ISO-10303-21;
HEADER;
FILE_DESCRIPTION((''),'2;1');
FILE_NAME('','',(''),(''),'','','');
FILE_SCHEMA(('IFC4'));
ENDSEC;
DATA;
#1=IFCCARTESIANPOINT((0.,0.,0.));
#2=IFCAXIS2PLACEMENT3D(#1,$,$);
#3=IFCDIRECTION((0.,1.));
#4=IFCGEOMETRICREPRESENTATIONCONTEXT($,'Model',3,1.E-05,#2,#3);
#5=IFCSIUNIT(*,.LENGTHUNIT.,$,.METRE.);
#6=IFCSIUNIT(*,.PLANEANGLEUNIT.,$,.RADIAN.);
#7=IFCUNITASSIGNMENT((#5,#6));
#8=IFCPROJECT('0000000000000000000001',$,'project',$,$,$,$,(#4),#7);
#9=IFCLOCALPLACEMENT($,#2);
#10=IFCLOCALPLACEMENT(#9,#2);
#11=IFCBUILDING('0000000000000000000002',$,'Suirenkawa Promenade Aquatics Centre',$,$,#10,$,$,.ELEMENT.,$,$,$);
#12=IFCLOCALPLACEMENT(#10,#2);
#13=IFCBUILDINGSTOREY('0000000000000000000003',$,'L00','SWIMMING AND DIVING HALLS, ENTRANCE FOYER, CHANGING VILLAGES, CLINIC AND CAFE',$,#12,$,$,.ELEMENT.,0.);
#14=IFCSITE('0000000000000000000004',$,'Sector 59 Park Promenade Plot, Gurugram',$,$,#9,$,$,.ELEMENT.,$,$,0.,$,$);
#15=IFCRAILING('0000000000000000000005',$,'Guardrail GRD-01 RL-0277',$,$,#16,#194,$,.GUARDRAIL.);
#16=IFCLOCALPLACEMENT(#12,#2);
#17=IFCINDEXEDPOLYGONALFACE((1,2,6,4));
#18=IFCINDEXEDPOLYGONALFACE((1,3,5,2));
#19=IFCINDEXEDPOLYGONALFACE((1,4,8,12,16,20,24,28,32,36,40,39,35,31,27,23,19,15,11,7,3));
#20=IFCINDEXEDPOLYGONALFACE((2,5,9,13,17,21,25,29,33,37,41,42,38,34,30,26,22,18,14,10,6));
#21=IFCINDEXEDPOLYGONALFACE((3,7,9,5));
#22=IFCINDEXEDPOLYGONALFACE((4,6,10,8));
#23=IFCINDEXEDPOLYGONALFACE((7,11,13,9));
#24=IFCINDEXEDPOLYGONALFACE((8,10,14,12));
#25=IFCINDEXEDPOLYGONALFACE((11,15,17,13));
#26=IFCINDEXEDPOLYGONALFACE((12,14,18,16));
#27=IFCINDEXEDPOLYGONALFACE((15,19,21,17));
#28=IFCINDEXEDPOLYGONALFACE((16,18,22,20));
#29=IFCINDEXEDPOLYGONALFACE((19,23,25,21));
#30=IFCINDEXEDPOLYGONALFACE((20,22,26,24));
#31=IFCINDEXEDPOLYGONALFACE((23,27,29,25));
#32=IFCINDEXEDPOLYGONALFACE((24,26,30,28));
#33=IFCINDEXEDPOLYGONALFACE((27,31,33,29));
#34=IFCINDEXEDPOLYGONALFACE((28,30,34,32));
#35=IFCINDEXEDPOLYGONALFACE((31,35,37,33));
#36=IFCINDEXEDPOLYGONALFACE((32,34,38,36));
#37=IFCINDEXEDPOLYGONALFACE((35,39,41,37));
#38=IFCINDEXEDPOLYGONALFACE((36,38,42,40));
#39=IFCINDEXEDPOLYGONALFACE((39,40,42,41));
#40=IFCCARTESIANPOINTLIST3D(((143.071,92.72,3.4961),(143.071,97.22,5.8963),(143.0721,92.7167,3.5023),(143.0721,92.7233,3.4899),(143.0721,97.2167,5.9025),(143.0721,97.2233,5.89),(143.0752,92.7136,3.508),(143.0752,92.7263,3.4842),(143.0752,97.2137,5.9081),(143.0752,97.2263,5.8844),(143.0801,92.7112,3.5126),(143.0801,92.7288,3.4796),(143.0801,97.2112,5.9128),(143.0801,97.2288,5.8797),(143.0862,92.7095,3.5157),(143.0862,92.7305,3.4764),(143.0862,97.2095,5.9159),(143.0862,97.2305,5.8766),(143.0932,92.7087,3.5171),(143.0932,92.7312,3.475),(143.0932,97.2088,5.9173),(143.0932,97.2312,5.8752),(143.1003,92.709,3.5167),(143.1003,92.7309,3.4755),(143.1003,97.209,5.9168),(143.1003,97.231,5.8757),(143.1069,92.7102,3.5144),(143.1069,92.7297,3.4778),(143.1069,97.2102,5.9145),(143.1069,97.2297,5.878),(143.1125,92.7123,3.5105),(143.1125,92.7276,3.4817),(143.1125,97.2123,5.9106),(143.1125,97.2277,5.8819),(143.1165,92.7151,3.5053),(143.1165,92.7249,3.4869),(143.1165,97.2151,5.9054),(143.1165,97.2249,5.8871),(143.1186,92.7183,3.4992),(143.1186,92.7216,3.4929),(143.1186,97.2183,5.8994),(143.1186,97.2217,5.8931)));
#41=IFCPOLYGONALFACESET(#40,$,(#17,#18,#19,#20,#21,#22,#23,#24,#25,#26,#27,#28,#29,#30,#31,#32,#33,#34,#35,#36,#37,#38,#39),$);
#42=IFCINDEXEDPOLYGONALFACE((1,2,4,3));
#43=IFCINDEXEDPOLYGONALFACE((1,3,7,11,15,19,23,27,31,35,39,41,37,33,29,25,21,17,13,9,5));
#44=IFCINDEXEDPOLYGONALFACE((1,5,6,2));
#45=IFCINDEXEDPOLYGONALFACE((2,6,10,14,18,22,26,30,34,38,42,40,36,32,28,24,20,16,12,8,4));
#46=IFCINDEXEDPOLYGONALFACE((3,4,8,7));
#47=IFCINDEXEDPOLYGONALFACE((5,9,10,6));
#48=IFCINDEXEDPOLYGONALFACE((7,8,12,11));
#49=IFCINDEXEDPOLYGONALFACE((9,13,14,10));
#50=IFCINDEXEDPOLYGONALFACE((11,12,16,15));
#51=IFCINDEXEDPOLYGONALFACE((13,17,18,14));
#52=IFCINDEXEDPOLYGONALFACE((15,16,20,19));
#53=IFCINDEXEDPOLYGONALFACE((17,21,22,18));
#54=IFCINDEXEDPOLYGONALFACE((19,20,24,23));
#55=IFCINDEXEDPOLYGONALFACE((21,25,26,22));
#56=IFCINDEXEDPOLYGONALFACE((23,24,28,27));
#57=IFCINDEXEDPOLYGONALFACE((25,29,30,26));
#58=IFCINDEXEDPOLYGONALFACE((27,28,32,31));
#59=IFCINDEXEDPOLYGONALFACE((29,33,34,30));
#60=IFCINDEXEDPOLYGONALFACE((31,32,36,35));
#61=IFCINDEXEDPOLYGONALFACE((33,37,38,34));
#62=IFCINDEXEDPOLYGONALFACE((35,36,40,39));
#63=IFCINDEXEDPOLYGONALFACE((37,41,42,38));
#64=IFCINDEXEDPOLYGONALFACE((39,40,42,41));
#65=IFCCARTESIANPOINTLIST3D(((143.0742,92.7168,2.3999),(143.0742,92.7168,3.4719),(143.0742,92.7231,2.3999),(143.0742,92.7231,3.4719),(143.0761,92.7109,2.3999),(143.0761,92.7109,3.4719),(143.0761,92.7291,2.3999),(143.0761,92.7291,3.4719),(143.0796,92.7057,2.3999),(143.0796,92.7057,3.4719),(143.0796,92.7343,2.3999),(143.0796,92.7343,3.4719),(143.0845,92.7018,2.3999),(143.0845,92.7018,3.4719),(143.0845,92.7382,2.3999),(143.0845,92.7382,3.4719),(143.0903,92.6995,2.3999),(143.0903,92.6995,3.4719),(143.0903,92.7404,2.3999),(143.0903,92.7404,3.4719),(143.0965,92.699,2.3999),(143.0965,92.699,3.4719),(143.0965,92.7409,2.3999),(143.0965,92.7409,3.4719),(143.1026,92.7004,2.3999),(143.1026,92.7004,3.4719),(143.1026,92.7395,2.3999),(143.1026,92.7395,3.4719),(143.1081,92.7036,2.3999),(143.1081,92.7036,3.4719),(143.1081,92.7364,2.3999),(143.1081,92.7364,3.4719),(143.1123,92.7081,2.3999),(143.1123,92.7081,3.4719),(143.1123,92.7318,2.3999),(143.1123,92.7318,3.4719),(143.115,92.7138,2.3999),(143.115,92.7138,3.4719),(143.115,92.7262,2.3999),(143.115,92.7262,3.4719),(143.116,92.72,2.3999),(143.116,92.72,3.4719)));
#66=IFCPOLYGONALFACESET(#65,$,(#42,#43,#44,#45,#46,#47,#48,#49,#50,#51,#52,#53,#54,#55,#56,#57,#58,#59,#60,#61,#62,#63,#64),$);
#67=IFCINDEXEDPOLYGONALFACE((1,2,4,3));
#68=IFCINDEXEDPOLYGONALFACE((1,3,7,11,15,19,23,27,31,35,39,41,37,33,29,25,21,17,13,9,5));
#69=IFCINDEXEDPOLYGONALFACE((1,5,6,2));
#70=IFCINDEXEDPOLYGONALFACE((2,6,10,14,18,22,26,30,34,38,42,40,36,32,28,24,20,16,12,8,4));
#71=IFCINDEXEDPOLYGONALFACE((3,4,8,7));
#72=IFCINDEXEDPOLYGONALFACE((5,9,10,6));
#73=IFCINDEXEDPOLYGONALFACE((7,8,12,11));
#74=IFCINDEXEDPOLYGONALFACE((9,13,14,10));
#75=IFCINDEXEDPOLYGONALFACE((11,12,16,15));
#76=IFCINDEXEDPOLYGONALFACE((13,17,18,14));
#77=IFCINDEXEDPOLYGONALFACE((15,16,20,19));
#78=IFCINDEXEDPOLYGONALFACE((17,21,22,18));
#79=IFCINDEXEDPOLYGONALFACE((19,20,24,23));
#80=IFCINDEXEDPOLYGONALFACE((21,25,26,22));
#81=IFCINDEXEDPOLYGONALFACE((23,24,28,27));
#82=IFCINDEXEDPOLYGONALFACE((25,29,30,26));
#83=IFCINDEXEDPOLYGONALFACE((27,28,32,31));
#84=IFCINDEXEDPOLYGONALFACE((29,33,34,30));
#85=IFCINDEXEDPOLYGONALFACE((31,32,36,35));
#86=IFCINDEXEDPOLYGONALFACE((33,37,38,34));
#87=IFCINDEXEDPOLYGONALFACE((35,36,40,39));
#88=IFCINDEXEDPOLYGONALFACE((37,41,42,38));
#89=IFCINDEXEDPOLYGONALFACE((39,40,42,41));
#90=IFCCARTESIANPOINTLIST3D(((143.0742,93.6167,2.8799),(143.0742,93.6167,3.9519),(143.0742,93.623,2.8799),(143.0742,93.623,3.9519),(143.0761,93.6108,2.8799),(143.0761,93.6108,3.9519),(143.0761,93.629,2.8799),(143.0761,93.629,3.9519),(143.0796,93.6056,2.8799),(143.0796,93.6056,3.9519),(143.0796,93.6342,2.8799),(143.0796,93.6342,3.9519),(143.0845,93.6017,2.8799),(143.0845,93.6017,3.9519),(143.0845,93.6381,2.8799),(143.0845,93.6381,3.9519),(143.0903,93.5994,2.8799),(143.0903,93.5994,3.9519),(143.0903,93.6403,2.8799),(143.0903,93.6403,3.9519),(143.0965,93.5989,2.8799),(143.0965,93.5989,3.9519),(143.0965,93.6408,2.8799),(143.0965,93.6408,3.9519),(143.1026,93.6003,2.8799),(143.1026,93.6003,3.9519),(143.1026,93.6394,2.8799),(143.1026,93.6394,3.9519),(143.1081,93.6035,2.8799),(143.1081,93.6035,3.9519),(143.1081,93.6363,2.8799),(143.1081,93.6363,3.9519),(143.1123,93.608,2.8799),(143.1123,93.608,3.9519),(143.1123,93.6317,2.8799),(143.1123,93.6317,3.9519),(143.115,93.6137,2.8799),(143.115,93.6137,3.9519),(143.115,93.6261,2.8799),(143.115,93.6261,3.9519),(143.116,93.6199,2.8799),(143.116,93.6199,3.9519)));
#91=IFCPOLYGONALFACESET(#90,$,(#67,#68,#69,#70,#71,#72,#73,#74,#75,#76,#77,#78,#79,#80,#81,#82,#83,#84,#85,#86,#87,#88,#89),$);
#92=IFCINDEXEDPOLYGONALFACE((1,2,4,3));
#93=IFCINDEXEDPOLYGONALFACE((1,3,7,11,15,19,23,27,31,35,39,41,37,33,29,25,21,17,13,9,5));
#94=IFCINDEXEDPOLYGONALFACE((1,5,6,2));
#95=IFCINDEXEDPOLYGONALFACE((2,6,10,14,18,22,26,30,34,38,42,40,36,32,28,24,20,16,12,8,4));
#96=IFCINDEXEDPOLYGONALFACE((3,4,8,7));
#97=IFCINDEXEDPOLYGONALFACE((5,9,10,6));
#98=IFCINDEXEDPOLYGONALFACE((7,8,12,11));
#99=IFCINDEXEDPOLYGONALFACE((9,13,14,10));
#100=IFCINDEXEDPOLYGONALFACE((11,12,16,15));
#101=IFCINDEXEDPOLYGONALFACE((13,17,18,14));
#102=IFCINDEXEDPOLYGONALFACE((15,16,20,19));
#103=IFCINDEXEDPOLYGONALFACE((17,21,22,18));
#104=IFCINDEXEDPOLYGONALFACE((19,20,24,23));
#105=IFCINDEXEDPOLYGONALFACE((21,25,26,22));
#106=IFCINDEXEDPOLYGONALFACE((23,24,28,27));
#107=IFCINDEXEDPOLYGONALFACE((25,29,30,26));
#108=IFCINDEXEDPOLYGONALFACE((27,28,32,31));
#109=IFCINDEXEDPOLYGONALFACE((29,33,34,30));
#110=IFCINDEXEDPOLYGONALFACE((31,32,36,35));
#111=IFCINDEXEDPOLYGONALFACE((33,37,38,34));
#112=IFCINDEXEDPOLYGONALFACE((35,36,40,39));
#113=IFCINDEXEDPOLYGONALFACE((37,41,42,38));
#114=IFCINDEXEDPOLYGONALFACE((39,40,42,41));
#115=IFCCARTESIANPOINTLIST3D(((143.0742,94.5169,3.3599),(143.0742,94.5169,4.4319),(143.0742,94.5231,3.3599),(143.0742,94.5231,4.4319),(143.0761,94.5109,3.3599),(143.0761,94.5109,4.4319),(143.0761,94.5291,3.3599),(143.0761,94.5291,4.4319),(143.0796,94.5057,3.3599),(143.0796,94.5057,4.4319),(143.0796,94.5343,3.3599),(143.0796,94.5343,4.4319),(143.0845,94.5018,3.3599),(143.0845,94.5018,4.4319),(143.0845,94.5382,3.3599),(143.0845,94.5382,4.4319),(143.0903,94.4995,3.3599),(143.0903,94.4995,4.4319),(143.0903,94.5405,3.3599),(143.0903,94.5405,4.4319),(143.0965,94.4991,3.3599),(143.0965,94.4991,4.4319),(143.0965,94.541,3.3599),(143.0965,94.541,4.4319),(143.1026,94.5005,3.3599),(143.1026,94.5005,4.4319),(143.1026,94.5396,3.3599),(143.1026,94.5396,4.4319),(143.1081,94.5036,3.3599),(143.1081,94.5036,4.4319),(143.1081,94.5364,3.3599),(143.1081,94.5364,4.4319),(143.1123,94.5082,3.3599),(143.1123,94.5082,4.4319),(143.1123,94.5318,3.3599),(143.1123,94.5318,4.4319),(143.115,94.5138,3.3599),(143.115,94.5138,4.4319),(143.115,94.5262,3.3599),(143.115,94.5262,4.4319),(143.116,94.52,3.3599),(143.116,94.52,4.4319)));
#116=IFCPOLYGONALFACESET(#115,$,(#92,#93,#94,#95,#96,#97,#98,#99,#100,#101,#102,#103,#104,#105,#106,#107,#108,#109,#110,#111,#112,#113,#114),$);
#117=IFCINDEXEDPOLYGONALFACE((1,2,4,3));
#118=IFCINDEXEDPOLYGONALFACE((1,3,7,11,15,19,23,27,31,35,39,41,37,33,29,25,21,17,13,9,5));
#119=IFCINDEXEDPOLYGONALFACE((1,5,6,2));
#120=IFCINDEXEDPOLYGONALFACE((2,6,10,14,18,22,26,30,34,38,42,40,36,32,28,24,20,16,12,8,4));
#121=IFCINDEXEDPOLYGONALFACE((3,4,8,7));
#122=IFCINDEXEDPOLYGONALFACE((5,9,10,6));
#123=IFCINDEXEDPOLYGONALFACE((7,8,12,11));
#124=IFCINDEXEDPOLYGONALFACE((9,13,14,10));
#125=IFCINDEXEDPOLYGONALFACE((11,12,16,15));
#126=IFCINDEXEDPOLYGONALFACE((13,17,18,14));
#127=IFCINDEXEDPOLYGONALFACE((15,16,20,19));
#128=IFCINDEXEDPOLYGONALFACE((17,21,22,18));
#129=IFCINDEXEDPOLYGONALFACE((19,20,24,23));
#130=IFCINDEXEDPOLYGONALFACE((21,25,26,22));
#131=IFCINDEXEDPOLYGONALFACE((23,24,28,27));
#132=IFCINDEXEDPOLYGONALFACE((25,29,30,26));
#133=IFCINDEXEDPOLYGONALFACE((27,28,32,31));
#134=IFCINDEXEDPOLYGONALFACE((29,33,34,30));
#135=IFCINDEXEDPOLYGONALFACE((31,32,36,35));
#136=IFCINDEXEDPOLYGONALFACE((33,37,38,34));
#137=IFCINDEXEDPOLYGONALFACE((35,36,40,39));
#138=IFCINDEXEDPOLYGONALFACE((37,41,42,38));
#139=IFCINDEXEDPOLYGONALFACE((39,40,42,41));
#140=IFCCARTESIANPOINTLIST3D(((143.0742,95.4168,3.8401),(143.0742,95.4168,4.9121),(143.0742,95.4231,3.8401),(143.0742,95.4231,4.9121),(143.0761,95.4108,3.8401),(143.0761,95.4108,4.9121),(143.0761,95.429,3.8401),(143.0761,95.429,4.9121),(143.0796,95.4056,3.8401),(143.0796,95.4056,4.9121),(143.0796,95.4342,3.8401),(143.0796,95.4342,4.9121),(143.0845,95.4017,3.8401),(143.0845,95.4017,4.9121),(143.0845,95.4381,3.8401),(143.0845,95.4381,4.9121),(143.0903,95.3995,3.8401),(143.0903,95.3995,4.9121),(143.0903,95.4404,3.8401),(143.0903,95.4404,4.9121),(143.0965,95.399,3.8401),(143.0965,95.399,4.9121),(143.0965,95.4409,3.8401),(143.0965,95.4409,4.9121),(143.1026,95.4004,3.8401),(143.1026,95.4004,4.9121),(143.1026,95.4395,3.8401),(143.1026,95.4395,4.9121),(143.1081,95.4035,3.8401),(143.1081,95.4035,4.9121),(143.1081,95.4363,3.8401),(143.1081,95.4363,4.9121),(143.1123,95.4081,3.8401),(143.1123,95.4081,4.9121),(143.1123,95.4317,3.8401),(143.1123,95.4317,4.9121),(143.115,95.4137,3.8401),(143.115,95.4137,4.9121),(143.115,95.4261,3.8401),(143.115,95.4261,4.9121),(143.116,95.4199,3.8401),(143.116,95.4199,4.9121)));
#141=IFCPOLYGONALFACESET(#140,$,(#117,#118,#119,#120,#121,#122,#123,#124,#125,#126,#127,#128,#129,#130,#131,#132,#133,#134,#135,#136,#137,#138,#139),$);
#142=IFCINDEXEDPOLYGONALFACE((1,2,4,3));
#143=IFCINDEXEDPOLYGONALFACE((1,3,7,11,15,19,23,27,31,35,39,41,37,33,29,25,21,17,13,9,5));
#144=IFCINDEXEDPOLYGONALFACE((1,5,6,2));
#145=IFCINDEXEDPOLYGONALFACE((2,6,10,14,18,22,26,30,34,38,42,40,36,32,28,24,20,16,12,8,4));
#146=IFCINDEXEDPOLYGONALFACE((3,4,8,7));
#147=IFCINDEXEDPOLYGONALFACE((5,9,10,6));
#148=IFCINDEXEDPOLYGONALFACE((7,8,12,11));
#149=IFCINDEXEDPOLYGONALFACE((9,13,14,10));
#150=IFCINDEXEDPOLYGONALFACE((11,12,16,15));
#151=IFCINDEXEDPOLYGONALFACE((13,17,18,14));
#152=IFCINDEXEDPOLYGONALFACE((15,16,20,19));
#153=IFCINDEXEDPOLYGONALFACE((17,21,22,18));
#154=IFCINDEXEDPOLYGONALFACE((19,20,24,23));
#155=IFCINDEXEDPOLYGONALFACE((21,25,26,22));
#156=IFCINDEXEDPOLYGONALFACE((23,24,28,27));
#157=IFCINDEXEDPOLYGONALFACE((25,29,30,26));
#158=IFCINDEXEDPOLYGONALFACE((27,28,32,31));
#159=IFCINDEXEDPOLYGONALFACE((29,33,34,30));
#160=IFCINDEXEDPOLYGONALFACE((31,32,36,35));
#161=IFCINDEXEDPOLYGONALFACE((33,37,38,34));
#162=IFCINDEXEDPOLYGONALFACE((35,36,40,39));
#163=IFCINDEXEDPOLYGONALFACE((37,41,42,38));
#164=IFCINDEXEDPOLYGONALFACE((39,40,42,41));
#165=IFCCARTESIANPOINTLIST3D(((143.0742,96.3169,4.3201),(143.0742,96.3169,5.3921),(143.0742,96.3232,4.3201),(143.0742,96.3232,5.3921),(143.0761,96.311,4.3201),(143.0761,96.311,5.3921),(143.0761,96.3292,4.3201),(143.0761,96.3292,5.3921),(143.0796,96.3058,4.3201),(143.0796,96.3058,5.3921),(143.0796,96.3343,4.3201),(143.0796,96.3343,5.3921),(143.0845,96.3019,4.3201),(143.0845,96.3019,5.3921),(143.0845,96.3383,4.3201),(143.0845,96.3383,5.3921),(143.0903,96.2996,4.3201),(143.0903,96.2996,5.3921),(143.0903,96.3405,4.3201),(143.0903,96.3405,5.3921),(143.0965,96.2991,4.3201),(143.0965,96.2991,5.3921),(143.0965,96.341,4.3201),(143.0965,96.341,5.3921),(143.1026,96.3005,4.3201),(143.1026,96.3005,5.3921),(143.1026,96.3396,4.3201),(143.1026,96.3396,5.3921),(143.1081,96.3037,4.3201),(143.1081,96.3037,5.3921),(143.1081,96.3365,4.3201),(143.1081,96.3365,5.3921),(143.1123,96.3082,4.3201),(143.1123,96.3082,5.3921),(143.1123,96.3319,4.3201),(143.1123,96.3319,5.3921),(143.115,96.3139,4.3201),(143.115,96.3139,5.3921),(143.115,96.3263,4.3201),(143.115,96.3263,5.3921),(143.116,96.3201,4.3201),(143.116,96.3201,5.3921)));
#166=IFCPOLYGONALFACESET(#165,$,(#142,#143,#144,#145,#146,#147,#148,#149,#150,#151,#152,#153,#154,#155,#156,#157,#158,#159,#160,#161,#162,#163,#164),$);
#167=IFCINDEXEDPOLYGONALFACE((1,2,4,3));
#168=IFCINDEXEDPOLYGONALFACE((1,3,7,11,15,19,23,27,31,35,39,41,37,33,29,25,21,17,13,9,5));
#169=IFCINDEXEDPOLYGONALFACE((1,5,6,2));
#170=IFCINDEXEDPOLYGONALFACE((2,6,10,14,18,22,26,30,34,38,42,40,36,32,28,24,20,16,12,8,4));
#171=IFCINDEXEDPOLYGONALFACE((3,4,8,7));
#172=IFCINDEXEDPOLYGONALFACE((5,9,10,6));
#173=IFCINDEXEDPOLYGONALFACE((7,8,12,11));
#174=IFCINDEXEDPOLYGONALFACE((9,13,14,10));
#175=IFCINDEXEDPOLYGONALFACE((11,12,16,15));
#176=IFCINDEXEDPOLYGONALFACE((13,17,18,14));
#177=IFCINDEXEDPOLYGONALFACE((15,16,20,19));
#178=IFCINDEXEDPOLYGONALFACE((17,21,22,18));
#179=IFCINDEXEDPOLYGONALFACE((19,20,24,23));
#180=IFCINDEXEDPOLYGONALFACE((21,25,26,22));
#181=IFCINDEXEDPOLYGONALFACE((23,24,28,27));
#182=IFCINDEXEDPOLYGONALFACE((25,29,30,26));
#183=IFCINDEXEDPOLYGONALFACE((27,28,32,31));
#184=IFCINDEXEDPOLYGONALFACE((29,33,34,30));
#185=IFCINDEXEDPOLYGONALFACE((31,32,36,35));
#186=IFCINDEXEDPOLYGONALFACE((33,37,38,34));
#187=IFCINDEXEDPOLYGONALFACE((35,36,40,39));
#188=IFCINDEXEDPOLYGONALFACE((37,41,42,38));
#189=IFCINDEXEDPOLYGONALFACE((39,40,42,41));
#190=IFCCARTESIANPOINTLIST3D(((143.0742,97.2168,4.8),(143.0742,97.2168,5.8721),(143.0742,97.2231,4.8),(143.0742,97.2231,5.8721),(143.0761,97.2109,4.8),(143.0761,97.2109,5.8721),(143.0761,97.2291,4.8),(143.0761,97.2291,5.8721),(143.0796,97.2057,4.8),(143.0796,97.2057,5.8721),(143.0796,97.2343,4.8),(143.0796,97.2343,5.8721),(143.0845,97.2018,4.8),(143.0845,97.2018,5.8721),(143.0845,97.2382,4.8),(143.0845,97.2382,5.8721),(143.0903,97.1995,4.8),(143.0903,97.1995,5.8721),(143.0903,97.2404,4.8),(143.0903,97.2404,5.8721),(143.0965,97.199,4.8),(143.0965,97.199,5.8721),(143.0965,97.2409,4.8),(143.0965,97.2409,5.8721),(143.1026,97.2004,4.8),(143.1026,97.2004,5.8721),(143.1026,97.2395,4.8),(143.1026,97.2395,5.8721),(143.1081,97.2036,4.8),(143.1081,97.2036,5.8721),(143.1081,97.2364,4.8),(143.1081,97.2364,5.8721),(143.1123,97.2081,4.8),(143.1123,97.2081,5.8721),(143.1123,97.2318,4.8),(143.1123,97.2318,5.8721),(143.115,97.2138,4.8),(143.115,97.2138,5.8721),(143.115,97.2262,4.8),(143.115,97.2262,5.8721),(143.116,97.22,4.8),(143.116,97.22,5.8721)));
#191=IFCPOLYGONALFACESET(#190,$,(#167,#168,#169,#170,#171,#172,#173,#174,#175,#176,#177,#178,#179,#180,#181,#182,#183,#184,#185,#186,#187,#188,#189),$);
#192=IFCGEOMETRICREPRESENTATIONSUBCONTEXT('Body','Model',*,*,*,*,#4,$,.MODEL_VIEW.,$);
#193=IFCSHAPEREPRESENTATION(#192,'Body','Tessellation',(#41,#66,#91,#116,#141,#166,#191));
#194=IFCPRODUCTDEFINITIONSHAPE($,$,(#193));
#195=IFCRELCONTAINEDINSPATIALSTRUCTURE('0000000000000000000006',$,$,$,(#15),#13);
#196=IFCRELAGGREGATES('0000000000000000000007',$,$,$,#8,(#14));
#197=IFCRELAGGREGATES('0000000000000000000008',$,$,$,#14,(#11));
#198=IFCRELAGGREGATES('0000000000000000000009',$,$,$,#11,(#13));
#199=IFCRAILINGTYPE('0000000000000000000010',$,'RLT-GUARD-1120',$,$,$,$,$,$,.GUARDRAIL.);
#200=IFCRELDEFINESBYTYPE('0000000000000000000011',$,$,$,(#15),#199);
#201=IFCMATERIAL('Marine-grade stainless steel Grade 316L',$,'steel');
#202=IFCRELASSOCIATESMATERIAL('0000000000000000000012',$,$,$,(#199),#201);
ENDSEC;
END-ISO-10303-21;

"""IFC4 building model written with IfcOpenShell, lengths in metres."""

from ifc_helpers import new_model, si_unit, direction, frame, origin, origin_2d, place, context, subcontext, project, spatial, circle, extrude, material, type_object, element, save


model = new_model("IFC4")

# Units and contexts
model_context = context("Model", 3, precision=1e-05, world=origin(), true_north=direction((0.0, 1.0)))
body_context = subcontext(model_context, "Body", "Model", "MODEL_VIEW")
ifc_project = project(units=[si_unit("LENGTHUNIT", "METRE"), si_unit("PLANEANGLEUNIT", "RADIAN")], contexts=[model_context])

# Site, building, storey
site_placement = place(None, origin())
site = spatial("IfcSite", under=ifc_project, at=site_placement, Name="Sector 59 Park Promenade Plot, Gurugram", CompositionType="ELEMENT", RefElevation=0.0)
building_placement = place(site_placement, origin())
building = spatial("IfcBuilding", under=site, at=building_placement, Name="Suirenkawa Promenade Aquatics Centre", CompositionType="ELEMENT")
storey_placement = place(building_placement, origin())
storey = spatial("IfcBuildingStorey", under=building, at=storey_placement, Name="L00", Description="SWIMMING AND DIVING HALLS, ENTRANCE FOYER, CHANGING VILLAGES, CLINIC AND CAFE", CompositionType="ELEMENT", Elevation=0.0)

# Railing
ifc_material_1 = material(Name="Marine-grade stainless steel Grade 316L", Category="steel")
railing_type_1 = type_object("IfcRailingType", Name="RLT-GUARD-1120", PredefinedType="GUARDRAIL", material=ifc_material_1)
for number, where, name in (
    (1, (143.095, 92.72, 2.3999), "Guardrail GRD-01 RL-0277"),
):
    element("IfcRailing", number, at=place(storey_placement, frame(where)), inside=storey, type_object=railing_type_1, Name=name, PredefinedType="GUARDRAIL", context=body_context, shape_type="SweptSolid", body=[
        extrude(circle(Radius=0.0239, at=origin_2d()), frame((0.0, 0.0, 1.0962), z_axis=(0.0, 0.882341, 0.470611), x_axis=(-1.0, 0.0, 0.0)), (0.0, 0.0, 1.0), 5.1001),
        extrude(circle(Radius=0.021, at=origin_2d()), origin(), (0.0, 0.0, 1.0), 1.072),
        extrude(circle(Radius=0.021, at=origin_2d()), frame((0.0, 0.8999, 0.48)), (0.0, 0.0, 1.0), 1.072),
        extrude(circle(Radius=0.021, at=origin_2d()), frame((0.0, 1.8, 0.96)), (0.0, 0.0, 1.0), 1.072),
        extrude(circle(Radius=0.021, at=origin_2d()), frame((0.0, 2.7, 1.4402)), (0.0, 0.0, 1.0), 1.072),
        extrude(circle(Radius=0.021, at=origin_2d()), frame((0.0, 3.6001, 1.9202)), (0.0, 0.0, 1.0), 1.072),
        extrude(circle(Radius=0.021, at=origin_2d()), frame((0.0, 4.5, 2.4001)), (0.0, 0.0, 1.0), 1.072),
    ])

save(model, "model.ifc")
